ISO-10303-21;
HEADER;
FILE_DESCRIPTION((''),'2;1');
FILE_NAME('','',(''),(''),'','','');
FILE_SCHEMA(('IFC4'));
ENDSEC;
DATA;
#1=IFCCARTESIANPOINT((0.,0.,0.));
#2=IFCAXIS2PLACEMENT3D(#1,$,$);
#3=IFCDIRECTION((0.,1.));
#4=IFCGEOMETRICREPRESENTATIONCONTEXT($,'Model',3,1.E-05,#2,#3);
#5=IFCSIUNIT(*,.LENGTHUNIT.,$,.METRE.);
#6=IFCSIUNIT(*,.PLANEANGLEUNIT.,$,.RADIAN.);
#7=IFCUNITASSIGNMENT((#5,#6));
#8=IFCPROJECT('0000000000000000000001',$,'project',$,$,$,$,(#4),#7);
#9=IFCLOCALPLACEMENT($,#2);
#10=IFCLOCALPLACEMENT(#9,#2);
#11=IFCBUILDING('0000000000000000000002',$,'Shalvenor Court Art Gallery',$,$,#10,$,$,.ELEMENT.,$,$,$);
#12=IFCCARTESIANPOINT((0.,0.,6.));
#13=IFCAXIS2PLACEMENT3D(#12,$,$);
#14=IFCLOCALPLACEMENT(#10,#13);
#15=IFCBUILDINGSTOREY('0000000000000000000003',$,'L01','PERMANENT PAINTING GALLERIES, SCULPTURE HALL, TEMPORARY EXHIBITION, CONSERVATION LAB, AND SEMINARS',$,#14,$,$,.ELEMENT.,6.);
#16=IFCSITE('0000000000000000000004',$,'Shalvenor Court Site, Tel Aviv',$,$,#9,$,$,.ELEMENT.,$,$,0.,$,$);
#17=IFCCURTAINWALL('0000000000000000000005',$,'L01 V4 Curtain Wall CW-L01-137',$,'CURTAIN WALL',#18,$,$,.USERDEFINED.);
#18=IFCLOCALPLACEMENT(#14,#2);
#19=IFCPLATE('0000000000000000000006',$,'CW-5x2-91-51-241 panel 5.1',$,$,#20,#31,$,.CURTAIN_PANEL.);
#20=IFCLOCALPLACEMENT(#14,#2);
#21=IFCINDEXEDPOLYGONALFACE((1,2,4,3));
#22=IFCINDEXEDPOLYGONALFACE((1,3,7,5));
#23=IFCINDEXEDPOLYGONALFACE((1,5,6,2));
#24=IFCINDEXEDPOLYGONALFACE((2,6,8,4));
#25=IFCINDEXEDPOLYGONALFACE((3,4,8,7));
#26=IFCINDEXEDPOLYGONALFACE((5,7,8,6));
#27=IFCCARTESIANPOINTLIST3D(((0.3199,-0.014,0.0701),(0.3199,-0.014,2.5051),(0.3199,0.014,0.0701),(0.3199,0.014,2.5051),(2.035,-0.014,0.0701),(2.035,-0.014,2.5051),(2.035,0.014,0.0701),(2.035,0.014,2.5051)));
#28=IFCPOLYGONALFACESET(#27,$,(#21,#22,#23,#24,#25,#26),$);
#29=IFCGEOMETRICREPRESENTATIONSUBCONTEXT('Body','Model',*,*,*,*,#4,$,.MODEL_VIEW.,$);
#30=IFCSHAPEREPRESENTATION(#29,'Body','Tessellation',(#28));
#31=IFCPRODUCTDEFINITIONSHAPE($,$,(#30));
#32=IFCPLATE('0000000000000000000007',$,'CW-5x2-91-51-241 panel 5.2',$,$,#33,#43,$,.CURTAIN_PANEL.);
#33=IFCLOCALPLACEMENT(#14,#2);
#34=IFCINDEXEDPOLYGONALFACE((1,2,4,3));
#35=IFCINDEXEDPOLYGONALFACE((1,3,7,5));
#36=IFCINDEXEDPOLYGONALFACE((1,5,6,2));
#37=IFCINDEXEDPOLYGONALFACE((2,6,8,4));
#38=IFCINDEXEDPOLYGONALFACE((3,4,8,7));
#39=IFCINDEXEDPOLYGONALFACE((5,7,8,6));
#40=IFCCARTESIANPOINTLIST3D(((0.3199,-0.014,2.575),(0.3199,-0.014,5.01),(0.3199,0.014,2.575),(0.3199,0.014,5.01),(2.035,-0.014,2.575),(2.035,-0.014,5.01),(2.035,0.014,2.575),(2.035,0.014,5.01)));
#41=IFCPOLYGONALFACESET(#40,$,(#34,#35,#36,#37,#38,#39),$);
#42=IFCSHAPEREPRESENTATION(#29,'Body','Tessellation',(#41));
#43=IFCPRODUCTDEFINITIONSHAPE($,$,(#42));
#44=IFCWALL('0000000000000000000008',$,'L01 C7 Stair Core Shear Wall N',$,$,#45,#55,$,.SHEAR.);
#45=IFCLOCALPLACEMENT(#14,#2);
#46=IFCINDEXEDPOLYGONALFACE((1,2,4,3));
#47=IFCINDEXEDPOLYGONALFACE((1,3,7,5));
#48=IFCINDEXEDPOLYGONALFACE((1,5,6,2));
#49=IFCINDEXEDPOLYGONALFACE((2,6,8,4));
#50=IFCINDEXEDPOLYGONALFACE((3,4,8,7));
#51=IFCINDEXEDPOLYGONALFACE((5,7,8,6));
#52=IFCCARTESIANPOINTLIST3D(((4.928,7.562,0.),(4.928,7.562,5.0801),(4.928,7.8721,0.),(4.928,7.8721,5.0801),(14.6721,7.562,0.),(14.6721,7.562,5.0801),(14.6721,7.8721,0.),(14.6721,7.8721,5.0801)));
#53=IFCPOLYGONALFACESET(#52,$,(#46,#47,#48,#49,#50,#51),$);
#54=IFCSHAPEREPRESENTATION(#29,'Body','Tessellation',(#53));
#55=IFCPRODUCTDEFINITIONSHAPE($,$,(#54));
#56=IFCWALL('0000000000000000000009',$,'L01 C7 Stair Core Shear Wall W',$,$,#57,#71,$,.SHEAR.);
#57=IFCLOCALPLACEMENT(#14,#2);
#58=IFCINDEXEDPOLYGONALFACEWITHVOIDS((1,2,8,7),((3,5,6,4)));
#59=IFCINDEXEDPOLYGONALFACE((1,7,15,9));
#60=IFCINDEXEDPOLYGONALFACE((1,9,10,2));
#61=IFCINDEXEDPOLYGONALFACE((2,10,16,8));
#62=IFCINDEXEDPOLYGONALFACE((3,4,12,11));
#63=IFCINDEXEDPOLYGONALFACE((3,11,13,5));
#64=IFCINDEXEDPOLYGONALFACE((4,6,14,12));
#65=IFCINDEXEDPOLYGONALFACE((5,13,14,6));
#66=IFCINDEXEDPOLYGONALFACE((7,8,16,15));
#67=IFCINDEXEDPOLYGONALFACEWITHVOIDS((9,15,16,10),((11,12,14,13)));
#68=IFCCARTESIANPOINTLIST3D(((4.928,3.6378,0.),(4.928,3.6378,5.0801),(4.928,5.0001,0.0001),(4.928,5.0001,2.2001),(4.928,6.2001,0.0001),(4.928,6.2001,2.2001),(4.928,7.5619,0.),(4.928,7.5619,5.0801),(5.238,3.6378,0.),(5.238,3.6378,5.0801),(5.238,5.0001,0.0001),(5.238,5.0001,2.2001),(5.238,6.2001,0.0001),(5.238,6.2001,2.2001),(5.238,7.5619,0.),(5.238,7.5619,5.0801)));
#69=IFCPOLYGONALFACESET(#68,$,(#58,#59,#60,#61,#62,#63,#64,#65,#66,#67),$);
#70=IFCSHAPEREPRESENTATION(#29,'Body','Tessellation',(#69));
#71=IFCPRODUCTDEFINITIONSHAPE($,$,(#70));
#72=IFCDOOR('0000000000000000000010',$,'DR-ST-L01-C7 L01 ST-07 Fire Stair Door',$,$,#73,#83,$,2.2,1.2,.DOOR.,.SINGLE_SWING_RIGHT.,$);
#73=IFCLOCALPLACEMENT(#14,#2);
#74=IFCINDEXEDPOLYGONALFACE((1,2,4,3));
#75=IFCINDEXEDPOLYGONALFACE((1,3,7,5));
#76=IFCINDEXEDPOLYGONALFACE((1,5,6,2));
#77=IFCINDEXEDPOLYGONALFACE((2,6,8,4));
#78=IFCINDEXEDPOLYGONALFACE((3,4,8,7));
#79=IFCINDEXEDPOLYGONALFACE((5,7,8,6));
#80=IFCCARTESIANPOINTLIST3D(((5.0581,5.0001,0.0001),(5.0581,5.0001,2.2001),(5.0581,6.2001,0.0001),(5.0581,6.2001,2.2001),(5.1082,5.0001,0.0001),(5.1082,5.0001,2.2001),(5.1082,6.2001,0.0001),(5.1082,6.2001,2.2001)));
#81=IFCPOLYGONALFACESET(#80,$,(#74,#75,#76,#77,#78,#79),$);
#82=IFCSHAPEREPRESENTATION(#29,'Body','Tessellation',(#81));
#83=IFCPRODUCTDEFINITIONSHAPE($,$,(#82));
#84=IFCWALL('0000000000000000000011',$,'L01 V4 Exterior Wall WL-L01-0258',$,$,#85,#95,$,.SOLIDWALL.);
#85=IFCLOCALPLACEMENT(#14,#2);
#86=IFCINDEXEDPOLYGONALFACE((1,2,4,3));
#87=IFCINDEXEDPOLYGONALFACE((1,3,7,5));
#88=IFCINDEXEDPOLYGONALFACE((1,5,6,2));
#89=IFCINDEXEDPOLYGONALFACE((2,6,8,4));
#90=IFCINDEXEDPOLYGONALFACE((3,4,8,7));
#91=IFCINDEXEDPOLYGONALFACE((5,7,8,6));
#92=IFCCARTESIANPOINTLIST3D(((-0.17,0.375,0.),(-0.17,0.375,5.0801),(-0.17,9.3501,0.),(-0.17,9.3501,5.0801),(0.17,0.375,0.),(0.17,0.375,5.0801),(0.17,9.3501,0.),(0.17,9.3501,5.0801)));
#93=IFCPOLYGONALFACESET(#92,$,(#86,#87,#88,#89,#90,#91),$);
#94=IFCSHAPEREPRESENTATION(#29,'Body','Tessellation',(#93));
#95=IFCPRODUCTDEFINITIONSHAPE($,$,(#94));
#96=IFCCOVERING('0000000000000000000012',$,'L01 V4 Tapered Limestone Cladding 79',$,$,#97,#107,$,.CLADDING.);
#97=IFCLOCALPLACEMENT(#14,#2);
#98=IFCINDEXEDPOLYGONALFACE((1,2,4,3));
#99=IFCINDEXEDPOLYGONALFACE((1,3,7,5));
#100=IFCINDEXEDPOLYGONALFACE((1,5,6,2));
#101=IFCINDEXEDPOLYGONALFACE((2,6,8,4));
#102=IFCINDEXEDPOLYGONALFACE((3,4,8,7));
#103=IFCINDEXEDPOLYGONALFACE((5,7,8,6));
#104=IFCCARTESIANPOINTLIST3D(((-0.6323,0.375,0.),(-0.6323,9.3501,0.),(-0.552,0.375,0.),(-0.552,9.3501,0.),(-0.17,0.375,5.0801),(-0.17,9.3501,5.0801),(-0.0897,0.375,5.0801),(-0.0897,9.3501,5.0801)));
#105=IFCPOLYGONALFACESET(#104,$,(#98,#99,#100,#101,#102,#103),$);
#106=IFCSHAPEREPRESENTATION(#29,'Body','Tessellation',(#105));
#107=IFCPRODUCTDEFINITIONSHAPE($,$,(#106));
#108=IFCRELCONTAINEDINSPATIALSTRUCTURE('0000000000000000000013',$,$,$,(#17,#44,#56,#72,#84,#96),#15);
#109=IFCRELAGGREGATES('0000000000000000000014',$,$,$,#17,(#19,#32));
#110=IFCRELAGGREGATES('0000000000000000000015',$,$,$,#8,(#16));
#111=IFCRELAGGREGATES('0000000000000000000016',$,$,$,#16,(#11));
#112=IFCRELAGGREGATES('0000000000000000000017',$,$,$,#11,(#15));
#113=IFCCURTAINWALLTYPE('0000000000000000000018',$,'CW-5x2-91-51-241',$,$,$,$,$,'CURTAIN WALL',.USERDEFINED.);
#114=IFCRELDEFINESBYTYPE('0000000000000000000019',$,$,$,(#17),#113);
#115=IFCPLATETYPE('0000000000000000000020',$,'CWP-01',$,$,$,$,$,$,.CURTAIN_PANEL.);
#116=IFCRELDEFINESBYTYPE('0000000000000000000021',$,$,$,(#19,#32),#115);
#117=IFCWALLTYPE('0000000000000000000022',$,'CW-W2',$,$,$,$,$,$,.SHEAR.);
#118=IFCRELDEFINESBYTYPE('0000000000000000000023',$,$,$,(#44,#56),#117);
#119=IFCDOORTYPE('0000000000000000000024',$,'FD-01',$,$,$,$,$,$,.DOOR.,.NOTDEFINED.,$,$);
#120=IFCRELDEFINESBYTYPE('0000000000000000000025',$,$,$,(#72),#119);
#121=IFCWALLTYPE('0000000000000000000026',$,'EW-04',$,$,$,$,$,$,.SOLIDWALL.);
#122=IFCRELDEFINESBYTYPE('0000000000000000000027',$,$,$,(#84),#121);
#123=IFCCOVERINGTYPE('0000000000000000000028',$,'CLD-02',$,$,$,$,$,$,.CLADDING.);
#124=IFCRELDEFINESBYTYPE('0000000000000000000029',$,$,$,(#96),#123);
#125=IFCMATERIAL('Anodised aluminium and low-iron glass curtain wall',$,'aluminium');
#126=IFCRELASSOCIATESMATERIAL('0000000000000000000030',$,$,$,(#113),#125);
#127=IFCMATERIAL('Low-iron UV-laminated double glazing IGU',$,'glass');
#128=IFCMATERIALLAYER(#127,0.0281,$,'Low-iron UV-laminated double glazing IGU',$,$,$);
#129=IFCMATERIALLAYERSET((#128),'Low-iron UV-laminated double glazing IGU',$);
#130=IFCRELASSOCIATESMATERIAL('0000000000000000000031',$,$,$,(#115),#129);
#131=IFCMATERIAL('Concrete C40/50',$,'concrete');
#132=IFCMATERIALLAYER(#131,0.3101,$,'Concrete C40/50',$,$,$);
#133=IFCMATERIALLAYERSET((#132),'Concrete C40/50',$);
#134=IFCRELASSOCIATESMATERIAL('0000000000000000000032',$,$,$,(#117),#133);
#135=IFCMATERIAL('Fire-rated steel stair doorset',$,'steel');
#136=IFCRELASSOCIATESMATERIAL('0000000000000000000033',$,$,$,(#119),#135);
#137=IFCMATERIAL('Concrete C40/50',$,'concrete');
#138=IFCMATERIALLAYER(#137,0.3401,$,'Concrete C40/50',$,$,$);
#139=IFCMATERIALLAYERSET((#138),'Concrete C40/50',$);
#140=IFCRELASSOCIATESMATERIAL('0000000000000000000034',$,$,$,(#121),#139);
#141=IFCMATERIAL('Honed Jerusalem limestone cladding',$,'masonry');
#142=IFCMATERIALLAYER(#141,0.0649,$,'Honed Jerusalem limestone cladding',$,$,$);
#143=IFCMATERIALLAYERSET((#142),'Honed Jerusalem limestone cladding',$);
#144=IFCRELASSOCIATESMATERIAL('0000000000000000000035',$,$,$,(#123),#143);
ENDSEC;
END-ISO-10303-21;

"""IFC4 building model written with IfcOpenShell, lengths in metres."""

from ifc_helpers import new_model, si_unit, direction, frame, frame_2d, origin, origin_2d, place, context, subcontext, project, spatial, polyline, rectangle, outline, extrude, material, layer, layer_set, type_object, element, fill, aggregate, save


model = new_model("IFC4")

# Units and contexts
model_context = context("Model", 3, precision=1e-05, world=origin(), true_north=direction((0.0, 1.0)))
body_context = subcontext(model_context, "Body", "Model", "MODEL_VIEW")
ifc_project = project(units=[si_unit("LENGTHUNIT", "METRE"), si_unit("PLANEANGLEUNIT", "RADIAN")], contexts=[model_context])

# Site, building, storey
site_placement = place(None, origin())
site = spatial("IfcSite", under=ifc_project, at=site_placement, Name="Shalvenor Court Site, Tel Aviv", CompositionType="ELEMENT", RefElevation=0.0)
building_placement = place(site_placement, origin())
building = spatial("IfcBuilding", under=site, at=building_placement, Name="Shalvenor Court Art Gallery", CompositionType="ELEMENT")
storey_placement = place(building_placement, frame((0.0, 0.0, 6.0)))
storey = spatial("IfcBuildingStorey", under=building, at=storey_placement, Name="L01", Description="PERMANENT PAINTING GALLERIES, SCULPTURE HALL, TEMPORARY EXHIBITION, CONSERVATION LAB, AND SEMINARS", CompositionType="ELEMENT", Elevation=6.0)

# Curtain wall
ifc_material_1 = material(Name="Anodised aluminium and low-iron glass curtain wall", Category="aluminium")
curtain_wall_type_1 = type_object("IfcCurtainWallType", Name="CW-5x2-91-51-241", ElementType="CURTAIN WALL", PredefinedType="USERDEFINED", material=ifc_material_1)
curtain_wall_1_placement = place(storey_placement, origin())
curtain_wall_1 = element("IfcCurtainWall", 1, at=curtain_wall_1_placement, inside=storey, type_object=curtain_wall_type_1, Name="L01 V4 Curtain Wall CW-L01-137", ObjectType="CURTAIN WALL", PredefinedType="USERDEFINED")

# Plates
ifc_material_2 = material(Name="Low-iron UV-laminated double glazing IGU", Category="glass")
ifc_layer_1 = layer(ifc_material_2, 0.0281, Name="Low-iron UV-laminated double glazing IGU")
ifc_layer_set_1 = layer_set([ifc_layer_1], Name="Low-iron UV-laminated double glazing IGU")
plate_type = type_object("IfcPlateType", Name="CWP-01", PredefinedType="CURTAIN_PANEL", material=ifc_layer_set_1)
plate_1_placement = place(storey_placement, frame((1.1775, 0.0, 0.0701), z_axis=(0.0, 0.0, 1.0), x_axis=(-1.0, 0.0, 0.0)))
plate_1 = element("IfcPlate", 2, at=plate_1_placement, type_object=plate_type, Name="CW-5x2-91-51-241 panel 5.1", PredefinedType="CURTAIN_PANEL", context=body_context, shape_type="SweptSolid", body=[
    extrude(rectangle(XDim=1.7151, YDim=0.0281, at=origin_2d()), origin(), (0.0, 0.0, 1.0), 2.4351),
])
plate_2_placement = place(storey_placement, frame((1.1775, 0.0, 2.575), z_axis=(0.0, 0.0, 1.0), x_axis=(-1.0, 0.0, 0.0)))
plate_2 = element("IfcPlate", 3, at=plate_2_placement, type_object=plate_type, Name="CW-5x2-91-51-241 panel 5.2", PredefinedType="CURTAIN_PANEL", context=body_context, shape_type="SweptSolid", body=[
    extrude(rectangle(XDim=1.7151, YDim=0.0281, at=origin_2d()), origin(), (0.0, 0.0, 1.0), 2.4351),
])
aggregate(curtain_wall_1, [plate_1, plate_2])

# Wall
ifc_material_3 = material(Name="Concrete C40/50", Category="concrete")
ifc_layer_2 = layer(ifc_material_3, 0.3101, Name="Concrete C40/50")
ifc_layer_set_2 = layer_set([ifc_layer_2], Name="Concrete C40/50")
wall_type_1 = type_object("IfcWallType", Name="CW-W2", PredefinedType="SHEAR", material=ifc_layer_set_2)
wall_1_placement = place(storey_placement, frame((4.928, 7.717, 0.0), z_axis=(0.0, 0.0, 1.0), x_axis=(1.0, 0.0, 0.0)))
element("IfcWall", 4, at=wall_1_placement, inside=storey, type_object=wall_type_1, Name="L01 C7 Stair Core Shear Wall N", PredefinedType="SHEAR", context=body_context, shape_type="SweptSolid", body=[
    extrude(rectangle(XDim=9.7441, YDim=0.3101, at=frame_2d((4.8721, 0.0))), origin(), (0.0, 0.0, 1.0), 5.0801),
])

# Wall, opening, door
wall_2_placement = place(storey_placement, frame((5.083, 3.6379, 0.0), z_axis=(0.0, 0.0, 1.0), x_axis=(0.0, 1.0, 0.0)))
wall_2 = element("IfcWall", 5, at=wall_2_placement, inside=storey, type_object=wall_type_1, Name="L01 C7 Stair Core Shear Wall W", PredefinedType="SHEAR", context=body_context, shape_type="SweptSolid", body=[
    extrude(rectangle(XDim=3.9241, YDim=0.3101, at=frame_2d((1.9619, 0.0))), origin(), (0.0, 0.0, 1.0), 5.0801),
])
opening_placement = place(wall_2_placement, frame((1.3621, 0.0, 0.0)))
opening = element("IfcOpeningElement", 6, at=opening_placement, cuts=wall_2, PredefinedType="OPENING", context=body_context, shape_type="SweptSolid", body=[
    extrude(rectangle(XDim=1.2, YDim=2.2, at=frame_2d((0.6001, 1.1001))), frame((0.0, 0.165, 0.0), z_axis=(0.0, -1.0, 0.0), x_axis=(1.0, 0.0, 0.0)), (0.0, 0.0, 1.0), 0.3301),
])
ifc_material_4 = material(Name="Fire-rated steel stair doorset", Category="steel")
door_type = type_object("IfcDoorType", Name="FD-01", OperationType="NOTDEFINED", PredefinedType="DOOR", material=ifc_material_4)
door_placement = place(opening_placement, origin())
door = element("IfcDoor", 7, at=door_placement, inside=storey, type_object=door_type, Name="DR-ST-L01-C7 L01 ST-07 Fire Stair Door", OperationType="SINGLE_SWING_RIGHT", OverallHeight=2.2, OverallWidth=1.2, PredefinedType="DOOR", context=body_context, shape_type="SweptSolid", body=[
    extrude(rectangle(XDim=1.2, YDim=2.2, at=frame_2d((0.6001, 1.1001))), frame((0.0, 0.0249, 0.0), z_axis=(0.0, -1.0, 0.0), x_axis=(1.0, 0.0, 0.0)), (0.0, 0.0, 1.0), 0.05),
])
fill(opening, door)

# Wall
ifc_material_5 = material(Name="Concrete C40/50", Category="concrete")
ifc_layer_3 = layer(ifc_material_5, 0.3401, Name="Concrete C40/50")
ifc_layer_set_3 = layer_set([ifc_layer_3], Name="Concrete C40/50")
wall_type_2 = type_object("IfcWallType", Name="EW-04", PredefinedType="SOLIDWALL", material=ifc_layer_set_3)
wall_3_placement = place(storey_placement, frame((0.0, 0.375, 0.0), z_axis=(0.0, 0.0, 1.0), x_axis=(0.0, 1.0, 0.0)))
element("IfcWall", 8, at=wall_3_placement, inside=storey, type_object=wall_type_2, Name="L01 V4 Exterior Wall WL-L01-0258", PredefinedType="SOLIDWALL", context=body_context, shape_type="SweptSolid", body=[
    extrude(rectangle(XDim=8.9751, YDim=0.3401, at=frame_2d((4.4875, 0.0))), origin(), (0.0, 0.0, 1.0), 5.0801),
])

# Covering
ifc_material_6 = material(Name="Honed Jerusalem limestone cladding", Category="masonry")
ifc_layer_4 = layer(ifc_material_6, 0.0649, Name="Honed Jerusalem limestone cladding")
ifc_layer_set_4 = layer_set([ifc_layer_4], Name="Honed Jerusalem limestone cladding")
covering_type_1 = type_object("IfcCoveringType", Name="CLD-02", PredefinedType="CLADDING", material=ifc_layer_set_4)
covering_1_placement = place(storey_placement, frame((-0.6323, 9.3501, 0.0), z_axis=(0.0, 0.0, 1.0), x_axis=(0.0, -1.0, 0.0)))
element("IfcCovering", 9, at=covering_1_placement, inside=storey, type_object=covering_type_1, Name="L01 V4 Tapered Limestone Cladding 79", PredefinedType="CLADDING", context=body_context, shape_type="SweptSolid", body=[
    extrude(outline(polyline([(0.0, 0.0), (8.9751, 0.0), (8.9751, 5.1011), (0.0, 5.1011), (0.0, 0.0)])), frame((0.0, 0.0, 0.0), z_axis=(0.0, -0.995884, 0.090633), x_axis=(1.0, 0.0, 0.0)), (0.0, 0.090633, -0.995884), 0.0803),
])

save(model, "model.ifc")
